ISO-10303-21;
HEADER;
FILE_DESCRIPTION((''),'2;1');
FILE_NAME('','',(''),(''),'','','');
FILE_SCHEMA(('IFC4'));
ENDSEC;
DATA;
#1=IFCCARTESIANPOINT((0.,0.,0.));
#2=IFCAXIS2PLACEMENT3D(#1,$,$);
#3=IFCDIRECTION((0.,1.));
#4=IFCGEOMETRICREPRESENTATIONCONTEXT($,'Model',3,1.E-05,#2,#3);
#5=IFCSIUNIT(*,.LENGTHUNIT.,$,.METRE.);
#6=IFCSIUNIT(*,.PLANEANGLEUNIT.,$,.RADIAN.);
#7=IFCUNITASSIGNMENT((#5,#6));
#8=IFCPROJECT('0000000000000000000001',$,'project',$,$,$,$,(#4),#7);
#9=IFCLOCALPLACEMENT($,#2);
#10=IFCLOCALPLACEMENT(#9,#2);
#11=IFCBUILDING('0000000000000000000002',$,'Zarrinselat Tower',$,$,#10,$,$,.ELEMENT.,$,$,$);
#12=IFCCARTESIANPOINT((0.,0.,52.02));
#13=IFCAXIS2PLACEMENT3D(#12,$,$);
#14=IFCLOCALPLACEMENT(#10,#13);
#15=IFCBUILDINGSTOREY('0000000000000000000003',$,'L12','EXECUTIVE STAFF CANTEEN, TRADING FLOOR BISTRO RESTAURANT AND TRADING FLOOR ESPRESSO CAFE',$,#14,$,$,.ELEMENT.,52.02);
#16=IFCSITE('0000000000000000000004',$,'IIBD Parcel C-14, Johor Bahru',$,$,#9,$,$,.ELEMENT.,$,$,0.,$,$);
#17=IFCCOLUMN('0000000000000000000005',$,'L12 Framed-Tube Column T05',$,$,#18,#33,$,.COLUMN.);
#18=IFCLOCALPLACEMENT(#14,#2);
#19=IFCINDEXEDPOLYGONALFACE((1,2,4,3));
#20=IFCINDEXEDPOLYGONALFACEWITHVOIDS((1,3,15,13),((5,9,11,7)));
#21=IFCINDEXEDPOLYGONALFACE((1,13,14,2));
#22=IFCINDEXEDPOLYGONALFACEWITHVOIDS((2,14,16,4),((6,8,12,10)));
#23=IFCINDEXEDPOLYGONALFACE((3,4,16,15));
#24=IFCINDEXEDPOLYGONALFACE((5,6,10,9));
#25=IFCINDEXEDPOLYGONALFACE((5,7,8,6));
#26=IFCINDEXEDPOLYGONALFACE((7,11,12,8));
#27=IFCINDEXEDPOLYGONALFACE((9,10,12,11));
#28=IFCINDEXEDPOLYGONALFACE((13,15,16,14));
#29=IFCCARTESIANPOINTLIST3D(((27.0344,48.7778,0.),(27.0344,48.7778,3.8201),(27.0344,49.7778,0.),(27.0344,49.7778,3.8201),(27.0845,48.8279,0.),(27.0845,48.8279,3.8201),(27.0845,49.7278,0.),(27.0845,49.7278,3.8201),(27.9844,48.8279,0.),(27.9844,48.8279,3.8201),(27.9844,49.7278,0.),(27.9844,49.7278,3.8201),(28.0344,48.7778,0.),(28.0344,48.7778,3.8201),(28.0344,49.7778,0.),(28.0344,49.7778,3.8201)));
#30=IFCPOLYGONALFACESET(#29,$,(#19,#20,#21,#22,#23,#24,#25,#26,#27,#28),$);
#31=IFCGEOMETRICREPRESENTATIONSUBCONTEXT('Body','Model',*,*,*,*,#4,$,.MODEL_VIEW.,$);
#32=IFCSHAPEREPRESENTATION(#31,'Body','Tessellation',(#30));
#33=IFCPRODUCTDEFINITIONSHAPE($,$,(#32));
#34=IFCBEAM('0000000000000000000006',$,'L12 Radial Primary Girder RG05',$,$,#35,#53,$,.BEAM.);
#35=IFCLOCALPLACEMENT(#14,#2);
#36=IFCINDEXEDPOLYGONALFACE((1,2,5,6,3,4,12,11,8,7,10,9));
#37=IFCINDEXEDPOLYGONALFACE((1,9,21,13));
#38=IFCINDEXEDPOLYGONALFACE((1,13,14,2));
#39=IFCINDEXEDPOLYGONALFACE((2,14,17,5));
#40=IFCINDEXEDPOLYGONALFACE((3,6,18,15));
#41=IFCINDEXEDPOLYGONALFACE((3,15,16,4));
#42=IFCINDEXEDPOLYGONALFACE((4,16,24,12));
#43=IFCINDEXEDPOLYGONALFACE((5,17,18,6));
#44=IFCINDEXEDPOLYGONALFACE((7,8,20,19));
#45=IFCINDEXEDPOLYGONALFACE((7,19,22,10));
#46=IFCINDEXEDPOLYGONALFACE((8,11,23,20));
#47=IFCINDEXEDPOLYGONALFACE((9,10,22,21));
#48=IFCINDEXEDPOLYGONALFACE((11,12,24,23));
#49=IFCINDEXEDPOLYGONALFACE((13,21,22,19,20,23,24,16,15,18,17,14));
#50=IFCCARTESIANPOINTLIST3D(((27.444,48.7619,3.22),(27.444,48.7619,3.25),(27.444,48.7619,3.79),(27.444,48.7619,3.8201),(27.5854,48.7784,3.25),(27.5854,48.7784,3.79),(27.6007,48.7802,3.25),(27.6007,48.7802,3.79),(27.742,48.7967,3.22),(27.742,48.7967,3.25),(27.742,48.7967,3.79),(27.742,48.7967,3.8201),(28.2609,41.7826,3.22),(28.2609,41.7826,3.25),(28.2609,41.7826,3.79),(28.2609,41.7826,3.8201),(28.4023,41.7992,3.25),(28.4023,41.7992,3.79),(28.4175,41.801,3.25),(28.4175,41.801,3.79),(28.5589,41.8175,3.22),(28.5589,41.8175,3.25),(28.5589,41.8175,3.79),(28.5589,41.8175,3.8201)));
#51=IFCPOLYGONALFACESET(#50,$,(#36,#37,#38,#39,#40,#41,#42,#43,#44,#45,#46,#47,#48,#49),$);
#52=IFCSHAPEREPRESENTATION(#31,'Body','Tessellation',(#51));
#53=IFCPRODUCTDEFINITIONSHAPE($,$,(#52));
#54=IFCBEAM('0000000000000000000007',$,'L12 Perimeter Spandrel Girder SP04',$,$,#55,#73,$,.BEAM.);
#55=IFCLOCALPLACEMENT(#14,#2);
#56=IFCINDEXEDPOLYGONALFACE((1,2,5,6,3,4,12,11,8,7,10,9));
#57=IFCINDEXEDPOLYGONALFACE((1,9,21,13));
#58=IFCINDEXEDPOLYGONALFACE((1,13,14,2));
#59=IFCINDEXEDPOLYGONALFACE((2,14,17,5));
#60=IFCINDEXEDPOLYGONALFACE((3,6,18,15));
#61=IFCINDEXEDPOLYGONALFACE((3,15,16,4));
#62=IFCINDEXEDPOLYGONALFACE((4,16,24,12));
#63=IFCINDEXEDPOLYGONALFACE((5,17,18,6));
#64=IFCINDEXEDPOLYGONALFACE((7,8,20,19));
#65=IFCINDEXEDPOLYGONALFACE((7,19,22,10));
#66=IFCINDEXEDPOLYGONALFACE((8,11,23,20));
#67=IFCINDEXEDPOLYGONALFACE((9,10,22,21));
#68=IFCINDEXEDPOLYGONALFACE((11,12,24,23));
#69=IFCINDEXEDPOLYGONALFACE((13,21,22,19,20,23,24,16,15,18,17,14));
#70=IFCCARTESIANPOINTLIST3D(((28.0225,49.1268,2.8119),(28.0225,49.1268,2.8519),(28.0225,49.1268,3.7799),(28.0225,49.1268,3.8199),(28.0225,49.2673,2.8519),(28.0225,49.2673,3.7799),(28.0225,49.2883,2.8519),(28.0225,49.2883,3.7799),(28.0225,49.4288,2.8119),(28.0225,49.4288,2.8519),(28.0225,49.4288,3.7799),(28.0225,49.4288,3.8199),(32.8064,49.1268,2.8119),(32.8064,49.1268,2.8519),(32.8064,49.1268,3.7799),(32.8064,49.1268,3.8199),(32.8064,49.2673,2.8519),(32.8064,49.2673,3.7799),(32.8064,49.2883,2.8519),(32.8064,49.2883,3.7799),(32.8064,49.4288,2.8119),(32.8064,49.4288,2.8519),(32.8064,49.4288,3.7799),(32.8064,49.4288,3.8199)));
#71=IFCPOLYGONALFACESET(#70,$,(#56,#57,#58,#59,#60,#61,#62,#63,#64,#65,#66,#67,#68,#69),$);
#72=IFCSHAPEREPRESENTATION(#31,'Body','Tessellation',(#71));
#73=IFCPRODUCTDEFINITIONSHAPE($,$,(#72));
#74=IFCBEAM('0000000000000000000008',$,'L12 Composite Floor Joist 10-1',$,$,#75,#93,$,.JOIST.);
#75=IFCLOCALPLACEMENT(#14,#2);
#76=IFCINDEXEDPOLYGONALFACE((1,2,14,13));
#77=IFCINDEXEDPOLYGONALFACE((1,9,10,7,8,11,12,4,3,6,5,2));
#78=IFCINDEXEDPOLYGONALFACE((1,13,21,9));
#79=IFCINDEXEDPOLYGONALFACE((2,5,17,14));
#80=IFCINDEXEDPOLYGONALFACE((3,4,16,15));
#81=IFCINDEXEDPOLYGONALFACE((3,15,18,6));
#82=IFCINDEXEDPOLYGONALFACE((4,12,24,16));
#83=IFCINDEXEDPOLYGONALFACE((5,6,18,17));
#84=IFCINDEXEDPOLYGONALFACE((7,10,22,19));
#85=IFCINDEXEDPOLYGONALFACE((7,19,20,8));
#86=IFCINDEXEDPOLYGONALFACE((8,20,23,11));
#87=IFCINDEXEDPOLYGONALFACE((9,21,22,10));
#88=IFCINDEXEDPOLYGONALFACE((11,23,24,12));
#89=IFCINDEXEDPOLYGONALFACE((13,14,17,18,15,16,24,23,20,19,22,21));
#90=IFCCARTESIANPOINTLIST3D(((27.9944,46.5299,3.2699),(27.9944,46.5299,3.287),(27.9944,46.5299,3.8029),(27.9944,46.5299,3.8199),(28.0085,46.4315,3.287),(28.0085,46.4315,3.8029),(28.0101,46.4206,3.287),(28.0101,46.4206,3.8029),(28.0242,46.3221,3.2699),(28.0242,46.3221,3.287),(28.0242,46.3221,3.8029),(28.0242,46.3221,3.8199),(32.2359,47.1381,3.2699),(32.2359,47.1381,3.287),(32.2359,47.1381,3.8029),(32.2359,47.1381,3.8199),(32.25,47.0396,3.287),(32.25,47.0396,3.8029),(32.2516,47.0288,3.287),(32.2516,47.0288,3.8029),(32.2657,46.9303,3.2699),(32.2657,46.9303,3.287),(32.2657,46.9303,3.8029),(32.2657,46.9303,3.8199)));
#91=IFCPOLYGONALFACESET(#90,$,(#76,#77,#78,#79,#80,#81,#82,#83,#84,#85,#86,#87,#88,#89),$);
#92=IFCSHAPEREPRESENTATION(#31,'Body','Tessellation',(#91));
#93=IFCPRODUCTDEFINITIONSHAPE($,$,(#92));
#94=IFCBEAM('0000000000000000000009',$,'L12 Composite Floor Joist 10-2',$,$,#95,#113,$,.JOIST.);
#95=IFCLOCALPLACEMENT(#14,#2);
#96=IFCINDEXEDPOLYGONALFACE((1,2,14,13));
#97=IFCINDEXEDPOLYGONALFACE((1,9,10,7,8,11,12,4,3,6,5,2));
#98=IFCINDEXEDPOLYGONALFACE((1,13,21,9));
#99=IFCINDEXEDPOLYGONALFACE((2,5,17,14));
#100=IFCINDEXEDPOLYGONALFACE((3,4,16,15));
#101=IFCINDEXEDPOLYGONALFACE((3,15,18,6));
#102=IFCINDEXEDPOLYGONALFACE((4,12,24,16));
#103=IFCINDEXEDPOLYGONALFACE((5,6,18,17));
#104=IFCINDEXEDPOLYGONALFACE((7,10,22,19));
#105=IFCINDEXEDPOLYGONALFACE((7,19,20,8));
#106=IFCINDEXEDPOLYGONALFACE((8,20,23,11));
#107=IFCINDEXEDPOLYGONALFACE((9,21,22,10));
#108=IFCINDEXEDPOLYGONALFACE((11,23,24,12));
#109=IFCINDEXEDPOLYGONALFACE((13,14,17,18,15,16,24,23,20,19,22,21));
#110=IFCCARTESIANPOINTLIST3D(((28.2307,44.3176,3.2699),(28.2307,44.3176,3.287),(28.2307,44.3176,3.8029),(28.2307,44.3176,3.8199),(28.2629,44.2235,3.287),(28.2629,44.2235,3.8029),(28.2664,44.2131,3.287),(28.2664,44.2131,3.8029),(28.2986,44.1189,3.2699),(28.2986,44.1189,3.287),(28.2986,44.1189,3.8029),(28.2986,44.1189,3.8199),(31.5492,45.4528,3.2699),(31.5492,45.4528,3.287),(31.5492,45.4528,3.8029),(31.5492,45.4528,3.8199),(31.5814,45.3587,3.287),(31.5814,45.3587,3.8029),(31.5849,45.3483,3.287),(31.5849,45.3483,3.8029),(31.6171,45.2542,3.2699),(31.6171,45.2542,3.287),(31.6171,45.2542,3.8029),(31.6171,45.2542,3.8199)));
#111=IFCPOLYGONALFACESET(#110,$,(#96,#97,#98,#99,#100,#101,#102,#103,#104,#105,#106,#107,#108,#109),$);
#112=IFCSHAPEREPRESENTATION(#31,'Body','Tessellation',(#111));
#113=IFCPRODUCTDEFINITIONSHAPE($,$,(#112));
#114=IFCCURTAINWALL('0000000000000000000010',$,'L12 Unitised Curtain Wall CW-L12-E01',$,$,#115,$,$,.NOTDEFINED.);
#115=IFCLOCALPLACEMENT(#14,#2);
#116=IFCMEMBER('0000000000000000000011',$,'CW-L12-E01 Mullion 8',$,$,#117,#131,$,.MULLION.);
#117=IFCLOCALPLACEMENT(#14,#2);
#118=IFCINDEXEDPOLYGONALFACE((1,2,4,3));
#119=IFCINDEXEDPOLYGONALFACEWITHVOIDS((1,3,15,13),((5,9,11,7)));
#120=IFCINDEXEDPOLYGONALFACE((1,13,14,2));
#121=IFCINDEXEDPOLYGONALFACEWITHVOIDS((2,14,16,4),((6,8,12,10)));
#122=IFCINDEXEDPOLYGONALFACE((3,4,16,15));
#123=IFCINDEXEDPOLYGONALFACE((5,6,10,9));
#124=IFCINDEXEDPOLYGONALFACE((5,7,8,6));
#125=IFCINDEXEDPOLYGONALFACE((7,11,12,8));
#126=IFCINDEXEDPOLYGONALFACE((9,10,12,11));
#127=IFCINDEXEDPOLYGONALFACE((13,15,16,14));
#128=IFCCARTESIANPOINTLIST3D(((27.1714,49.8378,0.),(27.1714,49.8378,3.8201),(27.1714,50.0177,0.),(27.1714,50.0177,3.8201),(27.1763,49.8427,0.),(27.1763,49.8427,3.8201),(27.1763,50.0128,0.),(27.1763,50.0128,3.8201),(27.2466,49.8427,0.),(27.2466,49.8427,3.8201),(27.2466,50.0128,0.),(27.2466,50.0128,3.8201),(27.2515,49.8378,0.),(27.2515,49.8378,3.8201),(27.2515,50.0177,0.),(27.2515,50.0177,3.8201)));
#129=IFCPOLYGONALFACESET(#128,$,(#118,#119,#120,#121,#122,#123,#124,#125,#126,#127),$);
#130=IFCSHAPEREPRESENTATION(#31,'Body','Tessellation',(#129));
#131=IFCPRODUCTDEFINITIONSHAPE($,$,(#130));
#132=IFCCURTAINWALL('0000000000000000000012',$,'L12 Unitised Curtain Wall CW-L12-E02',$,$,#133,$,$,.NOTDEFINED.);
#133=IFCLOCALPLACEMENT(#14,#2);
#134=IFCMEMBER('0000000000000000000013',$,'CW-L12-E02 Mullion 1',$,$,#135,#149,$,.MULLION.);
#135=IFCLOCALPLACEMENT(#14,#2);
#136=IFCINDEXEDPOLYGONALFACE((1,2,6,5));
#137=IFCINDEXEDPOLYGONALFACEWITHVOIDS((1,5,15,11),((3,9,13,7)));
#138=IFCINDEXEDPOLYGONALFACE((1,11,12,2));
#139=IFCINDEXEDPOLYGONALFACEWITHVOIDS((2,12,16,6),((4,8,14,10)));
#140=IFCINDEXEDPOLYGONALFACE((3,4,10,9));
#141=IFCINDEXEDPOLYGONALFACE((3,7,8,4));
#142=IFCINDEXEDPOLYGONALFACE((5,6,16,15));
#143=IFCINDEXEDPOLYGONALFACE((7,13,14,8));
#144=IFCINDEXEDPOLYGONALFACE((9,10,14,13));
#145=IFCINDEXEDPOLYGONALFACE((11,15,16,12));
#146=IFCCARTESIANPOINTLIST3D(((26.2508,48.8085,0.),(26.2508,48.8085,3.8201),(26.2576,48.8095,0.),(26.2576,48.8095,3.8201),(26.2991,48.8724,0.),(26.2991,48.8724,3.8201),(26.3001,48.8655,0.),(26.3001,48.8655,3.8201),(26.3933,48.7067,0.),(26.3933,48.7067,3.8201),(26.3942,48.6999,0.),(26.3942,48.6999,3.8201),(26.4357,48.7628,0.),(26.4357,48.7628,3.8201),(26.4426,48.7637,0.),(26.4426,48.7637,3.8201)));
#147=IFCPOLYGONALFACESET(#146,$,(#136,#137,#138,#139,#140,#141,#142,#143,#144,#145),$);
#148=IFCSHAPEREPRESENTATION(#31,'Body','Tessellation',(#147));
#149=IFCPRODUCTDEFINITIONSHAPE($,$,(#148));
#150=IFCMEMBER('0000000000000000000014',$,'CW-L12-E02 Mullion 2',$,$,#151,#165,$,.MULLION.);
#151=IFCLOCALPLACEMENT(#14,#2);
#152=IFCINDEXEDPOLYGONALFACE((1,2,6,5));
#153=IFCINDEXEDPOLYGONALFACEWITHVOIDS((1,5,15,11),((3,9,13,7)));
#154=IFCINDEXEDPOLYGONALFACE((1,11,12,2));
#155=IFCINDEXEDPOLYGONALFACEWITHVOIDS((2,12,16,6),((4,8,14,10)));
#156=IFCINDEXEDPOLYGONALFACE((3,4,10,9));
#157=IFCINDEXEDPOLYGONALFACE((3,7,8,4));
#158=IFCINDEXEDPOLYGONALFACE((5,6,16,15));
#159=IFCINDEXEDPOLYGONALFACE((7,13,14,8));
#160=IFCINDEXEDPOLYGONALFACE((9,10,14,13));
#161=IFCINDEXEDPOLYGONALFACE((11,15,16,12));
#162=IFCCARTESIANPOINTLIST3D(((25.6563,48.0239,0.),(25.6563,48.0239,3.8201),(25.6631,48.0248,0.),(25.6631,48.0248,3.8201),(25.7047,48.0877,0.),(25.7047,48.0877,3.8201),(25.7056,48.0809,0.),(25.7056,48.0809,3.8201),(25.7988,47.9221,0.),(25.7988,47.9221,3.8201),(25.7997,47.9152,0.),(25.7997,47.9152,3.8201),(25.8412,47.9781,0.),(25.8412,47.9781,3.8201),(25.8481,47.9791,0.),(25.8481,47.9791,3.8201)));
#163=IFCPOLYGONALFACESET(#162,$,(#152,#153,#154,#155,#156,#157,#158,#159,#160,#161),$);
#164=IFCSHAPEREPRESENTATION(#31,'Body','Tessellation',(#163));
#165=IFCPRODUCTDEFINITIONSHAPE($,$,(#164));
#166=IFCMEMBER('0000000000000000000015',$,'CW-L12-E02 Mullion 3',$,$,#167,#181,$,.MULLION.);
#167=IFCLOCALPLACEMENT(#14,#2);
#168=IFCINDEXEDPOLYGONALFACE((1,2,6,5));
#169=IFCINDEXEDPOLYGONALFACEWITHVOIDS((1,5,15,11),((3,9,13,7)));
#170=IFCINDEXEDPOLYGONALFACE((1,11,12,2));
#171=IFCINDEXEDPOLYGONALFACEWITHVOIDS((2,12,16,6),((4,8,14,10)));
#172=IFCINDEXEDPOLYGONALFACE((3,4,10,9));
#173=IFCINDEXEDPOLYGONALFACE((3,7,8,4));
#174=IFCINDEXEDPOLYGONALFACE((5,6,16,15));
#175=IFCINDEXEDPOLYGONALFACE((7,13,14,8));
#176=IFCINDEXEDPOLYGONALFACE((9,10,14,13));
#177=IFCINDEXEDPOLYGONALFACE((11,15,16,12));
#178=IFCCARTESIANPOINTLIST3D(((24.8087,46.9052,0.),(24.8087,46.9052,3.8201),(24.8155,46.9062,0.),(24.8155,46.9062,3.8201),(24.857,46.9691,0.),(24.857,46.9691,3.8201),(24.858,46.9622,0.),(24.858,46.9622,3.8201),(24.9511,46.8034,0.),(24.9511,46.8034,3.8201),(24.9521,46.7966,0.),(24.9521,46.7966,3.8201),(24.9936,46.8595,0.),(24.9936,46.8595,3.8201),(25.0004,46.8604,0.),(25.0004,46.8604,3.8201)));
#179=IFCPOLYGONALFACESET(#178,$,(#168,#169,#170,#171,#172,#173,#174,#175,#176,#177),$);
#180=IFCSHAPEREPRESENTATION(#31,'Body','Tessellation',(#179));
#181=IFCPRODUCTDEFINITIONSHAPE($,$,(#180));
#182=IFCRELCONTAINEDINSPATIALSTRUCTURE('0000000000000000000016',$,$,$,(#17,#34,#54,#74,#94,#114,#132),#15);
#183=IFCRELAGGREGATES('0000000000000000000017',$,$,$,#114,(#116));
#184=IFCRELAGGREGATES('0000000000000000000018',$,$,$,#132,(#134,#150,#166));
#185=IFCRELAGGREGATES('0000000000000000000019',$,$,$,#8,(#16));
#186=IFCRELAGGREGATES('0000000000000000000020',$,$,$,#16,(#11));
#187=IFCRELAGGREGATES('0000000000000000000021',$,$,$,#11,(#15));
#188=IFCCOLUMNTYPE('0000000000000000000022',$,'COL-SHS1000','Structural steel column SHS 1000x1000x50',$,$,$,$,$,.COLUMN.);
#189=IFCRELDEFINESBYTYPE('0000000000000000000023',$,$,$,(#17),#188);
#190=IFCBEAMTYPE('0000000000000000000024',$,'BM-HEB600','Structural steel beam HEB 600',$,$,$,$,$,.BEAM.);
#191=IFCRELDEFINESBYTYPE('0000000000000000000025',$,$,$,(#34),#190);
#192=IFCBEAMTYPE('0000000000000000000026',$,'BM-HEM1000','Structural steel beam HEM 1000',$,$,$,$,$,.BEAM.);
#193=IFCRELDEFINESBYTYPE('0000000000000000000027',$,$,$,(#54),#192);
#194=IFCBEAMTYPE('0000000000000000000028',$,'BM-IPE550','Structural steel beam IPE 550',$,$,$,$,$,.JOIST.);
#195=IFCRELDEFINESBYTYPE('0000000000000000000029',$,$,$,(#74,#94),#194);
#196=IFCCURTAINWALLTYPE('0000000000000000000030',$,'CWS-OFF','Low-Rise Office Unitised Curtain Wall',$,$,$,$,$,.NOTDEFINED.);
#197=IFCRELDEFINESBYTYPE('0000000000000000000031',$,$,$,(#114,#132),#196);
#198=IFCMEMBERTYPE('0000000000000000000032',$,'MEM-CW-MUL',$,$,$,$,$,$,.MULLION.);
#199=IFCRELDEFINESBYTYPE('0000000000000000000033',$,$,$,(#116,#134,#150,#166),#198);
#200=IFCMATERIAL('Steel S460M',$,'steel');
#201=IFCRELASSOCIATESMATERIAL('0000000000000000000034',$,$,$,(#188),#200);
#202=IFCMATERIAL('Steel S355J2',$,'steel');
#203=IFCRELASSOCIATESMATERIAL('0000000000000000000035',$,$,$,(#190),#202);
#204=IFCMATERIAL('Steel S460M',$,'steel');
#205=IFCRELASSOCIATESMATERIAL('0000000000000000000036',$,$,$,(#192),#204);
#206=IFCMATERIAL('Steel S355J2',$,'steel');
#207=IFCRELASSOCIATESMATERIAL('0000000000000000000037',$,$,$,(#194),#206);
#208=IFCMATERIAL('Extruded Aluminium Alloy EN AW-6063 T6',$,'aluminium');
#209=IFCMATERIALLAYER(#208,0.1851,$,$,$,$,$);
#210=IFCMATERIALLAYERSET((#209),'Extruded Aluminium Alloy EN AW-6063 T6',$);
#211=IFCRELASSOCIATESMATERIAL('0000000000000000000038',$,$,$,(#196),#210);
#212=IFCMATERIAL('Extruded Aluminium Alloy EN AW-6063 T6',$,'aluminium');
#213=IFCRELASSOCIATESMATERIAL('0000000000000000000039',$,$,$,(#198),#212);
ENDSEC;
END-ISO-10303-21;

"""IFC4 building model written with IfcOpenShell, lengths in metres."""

from ifc_helpers import new_model, si_unit, direction, frame, origin, origin_2d, place, context, subcontext, project, spatial, hollow_rectangle, i_section, extrude, material, layer, layer_set, material_profile, profile_set, type_object, element, aggregate, save


model = new_model("IFC4")

# Units and contexts
model_context = context("Model", 3, precision=1e-05, world=origin(), true_north=direction((0.0, 1.0)))
body_context = subcontext(model_context, "Body", "Model", "MODEL_VIEW")
ifc_project = project(units=[si_unit("LENGTHUNIT", "METRE"), si_unit("PLANEANGLEUNIT", "RADIAN")], contexts=[model_context])

# Site, building, storey
site_placement = place(None, origin())
site = spatial("IfcSite", under=ifc_project, at=site_placement, Name="IIBD Parcel C-14, Johor Bahru", CompositionType="ELEMENT", RefElevation=0.0)
building_placement = place(site_placement, origin())
building = spatial("IfcBuilding", under=site, at=building_placement, Name="Zarrinselat Tower", CompositionType="ELEMENT")
storey_placement = place(building_placement, frame((0.0, 0.0, 52.02)))
storey = spatial("IfcBuildingStorey", under=building, at=storey_placement, Name="L12", Description="EXECUTIVE STAFF CANTEEN, TRADING FLOOR BISTRO RESTAURANT AND TRADING FLOOR ESPRESSO CAFE", CompositionType="ELEMENT", Elevation=52.02)

# Column
ifc_material_1 = material(Name="Steel S460M", Category="steel")
ifc_material_profile_1 = material_profile(ifc_material_1, hollow_rectangle(XDim=1.0, YDim=1.0, WallThickness=0.05, at=origin_2d()), Name="SHS 1000x1000x50")
ifc_profile_set_1 = profile_set([ifc_material_profile_1], Name="Steel S460M")
column_type = type_object("IfcColumnType", Name="COL-SHS1000", Description="Structural steel column SHS 1000x1000x50", PredefinedType="COLUMN", material=ifc_profile_set_1)
column_placement = place(storey_placement, frame((27.5344, 49.2778, 0.0), z_axis=(0.0, 0.0, 1.0), x_axis=(1.0, 0.0, 0.0)))
element("IfcColumn", 1, at=column_placement, inside=storey, type_object=column_type, Name="L12 Framed-Tube Column T05", PredefinedType="COLUMN", context=body_context, shape_type="SweptSolid", body=[
    extrude(hollow_rectangle(XDim=1.0, YDim=1.0, WallThickness=0.05, at=origin_2d()), origin(), (0.0, 0.0, 1.0), 3.8201),
])

# Beams
ifc_material_2 = material(Name="Steel S355J2", Category="steel")
ifc_material_profile_2 = material_profile(ifc_material_2, i_section(OverallWidth=0.3, OverallDepth=0.6001, WebThickness=0.0154, FlangeThickness=0.03, at=origin_2d()), Name="HEB 600")
ifc_profile_set_2 = profile_set([ifc_material_profile_2], Name="Steel S355J2")
beam_type_1 = type_object("IfcBeamType", Name="BM-HEB600", Description="Structural steel beam HEB 600", PredefinedType="BEAM", material=ifc_profile_set_2)
beam_1_placement = place(storey_placement, frame((27.593, 48.7793, 3.52), z_axis=(0.116253, -0.99322, 0.0), x_axis=(0.99322, 0.116253, 0.0)))
element("IfcBeam", 2, at=beam_1_placement, inside=storey, type_object=beam_type_1, Name="L12 Radial Primary Girder RG05", PredefinedType="BEAM", context=body_context, shape_type="SweptSolid", body=[
    extrude(i_section(OverallWidth=0.3, OverallDepth=0.6001, WebThickness=0.0154, FlangeThickness=0.03, at=origin_2d()), origin(), (0.0, 0.0, 1.0), 7.0269),
])
ifc_material_3 = material(Name="Steel S460M", Category="steel")
ifc_material_profile_3 = material_profile(ifc_material_3, i_section(OverallWidth=0.302, OverallDepth=1.0081, WebThickness=0.021, FlangeThickness=0.04, at=origin_2d()), Name="HEM 1000")
ifc_profile_set_3 = profile_set([ifc_material_profile_3], Name="Steel S460M")
beam_type_2 = type_object("IfcBeamType", Name="BM-HEM1000", Description="Structural steel beam HEM 1000", PredefinedType="BEAM", material=ifc_profile_set_3)
beam_2_placement = place(storey_placement, frame((28.0225, 49.2778, 3.3159), z_axis=(1.0, 0.0, 0.0), x_axis=(0.0, 1.0, 0.0)))
element("IfcBeam", 3, at=beam_2_placement, inside=storey, type_object=beam_type_2, Name="L12 Perimeter Spandrel Girder SP04", PredefinedType="BEAM", context=body_context, shape_type="SweptSolid", body=[
    extrude(i_section(OverallWidth=0.302, OverallDepth=1.0081, WebThickness=0.021, FlangeThickness=0.04, at=origin_2d()), origin(), (0.0, 0.0, 1.0), 4.7839),
])
ifc_material_4 = material(Name="Steel S355J2", Category="steel")
ifc_material_profile_4 = material_profile(ifc_material_4, i_section(OverallWidth=0.21, OverallDepth=0.55, WebThickness=0.011, FlangeThickness=0.0171, at=origin_2d()), Name="IPE 550")
ifc_profile_set_4 = profile_set([ifc_material_profile_4], Name="Steel S355J2")
beam_type_3 = type_object("IfcBeamType", Name="BM-IPE550", Description="Structural steel beam IPE 550", PredefinedType="JOIST", material=ifc_profile_set_4)
beam_3_placement = place(storey_placement, frame((28.0093, 46.426, 3.5449), z_axis=(0.989876, 0.141932, 0.0), x_axis=(-0.141932, 0.989876, 0.0)))
element("IfcBeam", 4, at=beam_3_placement, inside=storey, type_object=beam_type_3, Name="L12 Composite Floor Joist 10-1", PredefinedType="JOIST", context=body_context, shape_type="SweptSolid", body=[
    extrude(i_section(OverallWidth=0.21, OverallDepth=0.55, WebThickness=0.011, FlangeThickness=0.0171, at=origin_2d()), origin(), (0.0, 0.0, 1.0), 4.2849),
])
beam_4_placement = place(storey_placement, frame((28.2646, 44.2183, 3.5449), z_axis=(0.946169, 0.323673, 0.0), x_axis=(-0.323673, 0.946169, 0.0)))
element("IfcBeam", 5, at=beam_4_placement, inside=storey, type_object=beam_type_3, Name="L12 Composite Floor Joist 10-2", PredefinedType="JOIST", context=body_context, shape_type="SweptSolid", body=[
    extrude(i_section(OverallWidth=0.21, OverallDepth=0.55, WebThickness=0.011, FlangeThickness=0.0171, at=origin_2d()), origin(), (0.0, 0.0, 1.0), 3.5073),
])

# Curtain wall, member
ifc_material_5 = material(Name="Extruded Aluminium Alloy EN AW-6063 T6", Category="aluminium")
ifc_layer_1 = layer(ifc_material_5, 0.1851)
ifc_layer_set_1 = layer_set([ifc_layer_1], Name="Extruded Aluminium Alloy EN AW-6063 T6")
curtain_wall_type = type_object("IfcCurtainWallType", Name="CWS-OFF", Description="Low-Rise Office Unitised Curtain Wall", PredefinedType="NOTDEFINED", material=ifc_layer_set_1)
curtain_wall_1_placement = place(storey_placement, origin())
curtain_wall_1 = element("IfcCurtainWall", 6, at=curtain_wall_1_placement, inside=storey, type_object=curtain_wall_type, Name="L12 Unitised Curtain Wall CW-L12-E01", PredefinedType="NOTDEFINED")
ifc_material_6 = material(Name="Extruded Aluminium Alloy EN AW-6063 T6", Category="aluminium")
ifc_material_profile_5 = material_profile(ifc_material_6, hollow_rectangle(XDim=0.0801, YDim=0.1799, WallThickness=0.0049, at=origin_2d()), Name="RHS 180x80x5")
ifc_profile_set_5 = profile_set([ifc_material_profile_5], Name="Extruded Aluminium Alloy EN AW-6063 T6")
member_type_1 = type_object("IfcMemberType", Name="MEM-CW-MUL", PredefinedType="MULLION", material=ifc_profile_set_5)
member_1_placement = place(storey_placement, frame((27.2114, 49.9277, 0.0), z_axis=(0.0, 0.0, 1.0), x_axis=(-1.0, 0.0, 0.0)))
member_1 = element("IfcMember", 7, at=member_1_placement, type_object=member_type_1, Name="CW-L12-E01 Mullion 8", PredefinedType="MULLION", context=body_context, shape_type="SweptSolid", body=[
    extrude(hollow_rectangle(XDim=0.0801, YDim=0.1799, WallThickness=0.0049, at=origin_2d()), origin(), (0.0, 0.0, 1.0), 3.8201),
])
aggregate(curtain_wall_1, [member_1])

# Curtain wall, members
curtain_wall_2_placement = place(storey_placement, origin())
curtain_wall_2 = element("IfcCurtainWall", 8, at=curtain_wall_2_placement, inside=storey, type_object=curtain_wall_type, Name="L12 Unitised Curtain Wall CW-L12-E02", PredefinedType="NOTDEFINED")
member_2_placement = place(storey_placement, frame((26.3467, 48.7861, 0.0), z_axis=(0.0, 0.0, 1.0), x_axis=(-0.60386, -0.797091, 0.0)))
member_2 = element("IfcMember", 9, at=member_2_placement, type_object=member_type_1, Name="CW-L12-E02 Mullion 1", PredefinedType="MULLION", context=body_context, shape_type="SweptSolid", body=[
    extrude(hollow_rectangle(XDim=0.0801, YDim=0.1799, WallThickness=0.0049, at=origin_2d()), origin(), (0.0, 0.0, 1.0), 3.8201),
])
member_3_placement = place(storey_placement, frame((25.7522, 48.0015, 0.0), z_axis=(0.0, 0.0, 1.0), x_axis=(-0.60386, -0.797091, 0.0)))
member_3 = element("IfcMember", 10, at=member_3_placement, type_object=member_type_1, Name="CW-L12-E02 Mullion 2", PredefinedType="MULLION", context=body_context, shape_type="SweptSolid", body=[
    extrude(hollow_rectangle(XDim=0.0801, YDim=0.1799, WallThickness=0.0049, at=origin_2d()), origin(), (0.0, 0.0, 1.0), 3.8201),
])
member_4_placement = place(storey_placement, frame((24.9045, 46.8828, 0.0), z_axis=(0.0, 0.0, 1.0), x_axis=(-0.60386, -0.797091, 0.0)))
member_4 = element("IfcMember", 11, at=member_4_placement, type_object=member_type_1, Name="CW-L12-E02 Mullion 3", PredefinedType="MULLION", context=body_context, shape_type="SweptSolid", body=[
    extrude(hollow_rectangle(XDim=0.0801, YDim=0.1799, WallThickness=0.0049, at=origin_2d()), origin(), (0.0, 0.0, 1.0), 3.8201),
])
aggregate(curtain_wall_2, [member_2, member_3, member_4])

save(model, "model.ifc")
